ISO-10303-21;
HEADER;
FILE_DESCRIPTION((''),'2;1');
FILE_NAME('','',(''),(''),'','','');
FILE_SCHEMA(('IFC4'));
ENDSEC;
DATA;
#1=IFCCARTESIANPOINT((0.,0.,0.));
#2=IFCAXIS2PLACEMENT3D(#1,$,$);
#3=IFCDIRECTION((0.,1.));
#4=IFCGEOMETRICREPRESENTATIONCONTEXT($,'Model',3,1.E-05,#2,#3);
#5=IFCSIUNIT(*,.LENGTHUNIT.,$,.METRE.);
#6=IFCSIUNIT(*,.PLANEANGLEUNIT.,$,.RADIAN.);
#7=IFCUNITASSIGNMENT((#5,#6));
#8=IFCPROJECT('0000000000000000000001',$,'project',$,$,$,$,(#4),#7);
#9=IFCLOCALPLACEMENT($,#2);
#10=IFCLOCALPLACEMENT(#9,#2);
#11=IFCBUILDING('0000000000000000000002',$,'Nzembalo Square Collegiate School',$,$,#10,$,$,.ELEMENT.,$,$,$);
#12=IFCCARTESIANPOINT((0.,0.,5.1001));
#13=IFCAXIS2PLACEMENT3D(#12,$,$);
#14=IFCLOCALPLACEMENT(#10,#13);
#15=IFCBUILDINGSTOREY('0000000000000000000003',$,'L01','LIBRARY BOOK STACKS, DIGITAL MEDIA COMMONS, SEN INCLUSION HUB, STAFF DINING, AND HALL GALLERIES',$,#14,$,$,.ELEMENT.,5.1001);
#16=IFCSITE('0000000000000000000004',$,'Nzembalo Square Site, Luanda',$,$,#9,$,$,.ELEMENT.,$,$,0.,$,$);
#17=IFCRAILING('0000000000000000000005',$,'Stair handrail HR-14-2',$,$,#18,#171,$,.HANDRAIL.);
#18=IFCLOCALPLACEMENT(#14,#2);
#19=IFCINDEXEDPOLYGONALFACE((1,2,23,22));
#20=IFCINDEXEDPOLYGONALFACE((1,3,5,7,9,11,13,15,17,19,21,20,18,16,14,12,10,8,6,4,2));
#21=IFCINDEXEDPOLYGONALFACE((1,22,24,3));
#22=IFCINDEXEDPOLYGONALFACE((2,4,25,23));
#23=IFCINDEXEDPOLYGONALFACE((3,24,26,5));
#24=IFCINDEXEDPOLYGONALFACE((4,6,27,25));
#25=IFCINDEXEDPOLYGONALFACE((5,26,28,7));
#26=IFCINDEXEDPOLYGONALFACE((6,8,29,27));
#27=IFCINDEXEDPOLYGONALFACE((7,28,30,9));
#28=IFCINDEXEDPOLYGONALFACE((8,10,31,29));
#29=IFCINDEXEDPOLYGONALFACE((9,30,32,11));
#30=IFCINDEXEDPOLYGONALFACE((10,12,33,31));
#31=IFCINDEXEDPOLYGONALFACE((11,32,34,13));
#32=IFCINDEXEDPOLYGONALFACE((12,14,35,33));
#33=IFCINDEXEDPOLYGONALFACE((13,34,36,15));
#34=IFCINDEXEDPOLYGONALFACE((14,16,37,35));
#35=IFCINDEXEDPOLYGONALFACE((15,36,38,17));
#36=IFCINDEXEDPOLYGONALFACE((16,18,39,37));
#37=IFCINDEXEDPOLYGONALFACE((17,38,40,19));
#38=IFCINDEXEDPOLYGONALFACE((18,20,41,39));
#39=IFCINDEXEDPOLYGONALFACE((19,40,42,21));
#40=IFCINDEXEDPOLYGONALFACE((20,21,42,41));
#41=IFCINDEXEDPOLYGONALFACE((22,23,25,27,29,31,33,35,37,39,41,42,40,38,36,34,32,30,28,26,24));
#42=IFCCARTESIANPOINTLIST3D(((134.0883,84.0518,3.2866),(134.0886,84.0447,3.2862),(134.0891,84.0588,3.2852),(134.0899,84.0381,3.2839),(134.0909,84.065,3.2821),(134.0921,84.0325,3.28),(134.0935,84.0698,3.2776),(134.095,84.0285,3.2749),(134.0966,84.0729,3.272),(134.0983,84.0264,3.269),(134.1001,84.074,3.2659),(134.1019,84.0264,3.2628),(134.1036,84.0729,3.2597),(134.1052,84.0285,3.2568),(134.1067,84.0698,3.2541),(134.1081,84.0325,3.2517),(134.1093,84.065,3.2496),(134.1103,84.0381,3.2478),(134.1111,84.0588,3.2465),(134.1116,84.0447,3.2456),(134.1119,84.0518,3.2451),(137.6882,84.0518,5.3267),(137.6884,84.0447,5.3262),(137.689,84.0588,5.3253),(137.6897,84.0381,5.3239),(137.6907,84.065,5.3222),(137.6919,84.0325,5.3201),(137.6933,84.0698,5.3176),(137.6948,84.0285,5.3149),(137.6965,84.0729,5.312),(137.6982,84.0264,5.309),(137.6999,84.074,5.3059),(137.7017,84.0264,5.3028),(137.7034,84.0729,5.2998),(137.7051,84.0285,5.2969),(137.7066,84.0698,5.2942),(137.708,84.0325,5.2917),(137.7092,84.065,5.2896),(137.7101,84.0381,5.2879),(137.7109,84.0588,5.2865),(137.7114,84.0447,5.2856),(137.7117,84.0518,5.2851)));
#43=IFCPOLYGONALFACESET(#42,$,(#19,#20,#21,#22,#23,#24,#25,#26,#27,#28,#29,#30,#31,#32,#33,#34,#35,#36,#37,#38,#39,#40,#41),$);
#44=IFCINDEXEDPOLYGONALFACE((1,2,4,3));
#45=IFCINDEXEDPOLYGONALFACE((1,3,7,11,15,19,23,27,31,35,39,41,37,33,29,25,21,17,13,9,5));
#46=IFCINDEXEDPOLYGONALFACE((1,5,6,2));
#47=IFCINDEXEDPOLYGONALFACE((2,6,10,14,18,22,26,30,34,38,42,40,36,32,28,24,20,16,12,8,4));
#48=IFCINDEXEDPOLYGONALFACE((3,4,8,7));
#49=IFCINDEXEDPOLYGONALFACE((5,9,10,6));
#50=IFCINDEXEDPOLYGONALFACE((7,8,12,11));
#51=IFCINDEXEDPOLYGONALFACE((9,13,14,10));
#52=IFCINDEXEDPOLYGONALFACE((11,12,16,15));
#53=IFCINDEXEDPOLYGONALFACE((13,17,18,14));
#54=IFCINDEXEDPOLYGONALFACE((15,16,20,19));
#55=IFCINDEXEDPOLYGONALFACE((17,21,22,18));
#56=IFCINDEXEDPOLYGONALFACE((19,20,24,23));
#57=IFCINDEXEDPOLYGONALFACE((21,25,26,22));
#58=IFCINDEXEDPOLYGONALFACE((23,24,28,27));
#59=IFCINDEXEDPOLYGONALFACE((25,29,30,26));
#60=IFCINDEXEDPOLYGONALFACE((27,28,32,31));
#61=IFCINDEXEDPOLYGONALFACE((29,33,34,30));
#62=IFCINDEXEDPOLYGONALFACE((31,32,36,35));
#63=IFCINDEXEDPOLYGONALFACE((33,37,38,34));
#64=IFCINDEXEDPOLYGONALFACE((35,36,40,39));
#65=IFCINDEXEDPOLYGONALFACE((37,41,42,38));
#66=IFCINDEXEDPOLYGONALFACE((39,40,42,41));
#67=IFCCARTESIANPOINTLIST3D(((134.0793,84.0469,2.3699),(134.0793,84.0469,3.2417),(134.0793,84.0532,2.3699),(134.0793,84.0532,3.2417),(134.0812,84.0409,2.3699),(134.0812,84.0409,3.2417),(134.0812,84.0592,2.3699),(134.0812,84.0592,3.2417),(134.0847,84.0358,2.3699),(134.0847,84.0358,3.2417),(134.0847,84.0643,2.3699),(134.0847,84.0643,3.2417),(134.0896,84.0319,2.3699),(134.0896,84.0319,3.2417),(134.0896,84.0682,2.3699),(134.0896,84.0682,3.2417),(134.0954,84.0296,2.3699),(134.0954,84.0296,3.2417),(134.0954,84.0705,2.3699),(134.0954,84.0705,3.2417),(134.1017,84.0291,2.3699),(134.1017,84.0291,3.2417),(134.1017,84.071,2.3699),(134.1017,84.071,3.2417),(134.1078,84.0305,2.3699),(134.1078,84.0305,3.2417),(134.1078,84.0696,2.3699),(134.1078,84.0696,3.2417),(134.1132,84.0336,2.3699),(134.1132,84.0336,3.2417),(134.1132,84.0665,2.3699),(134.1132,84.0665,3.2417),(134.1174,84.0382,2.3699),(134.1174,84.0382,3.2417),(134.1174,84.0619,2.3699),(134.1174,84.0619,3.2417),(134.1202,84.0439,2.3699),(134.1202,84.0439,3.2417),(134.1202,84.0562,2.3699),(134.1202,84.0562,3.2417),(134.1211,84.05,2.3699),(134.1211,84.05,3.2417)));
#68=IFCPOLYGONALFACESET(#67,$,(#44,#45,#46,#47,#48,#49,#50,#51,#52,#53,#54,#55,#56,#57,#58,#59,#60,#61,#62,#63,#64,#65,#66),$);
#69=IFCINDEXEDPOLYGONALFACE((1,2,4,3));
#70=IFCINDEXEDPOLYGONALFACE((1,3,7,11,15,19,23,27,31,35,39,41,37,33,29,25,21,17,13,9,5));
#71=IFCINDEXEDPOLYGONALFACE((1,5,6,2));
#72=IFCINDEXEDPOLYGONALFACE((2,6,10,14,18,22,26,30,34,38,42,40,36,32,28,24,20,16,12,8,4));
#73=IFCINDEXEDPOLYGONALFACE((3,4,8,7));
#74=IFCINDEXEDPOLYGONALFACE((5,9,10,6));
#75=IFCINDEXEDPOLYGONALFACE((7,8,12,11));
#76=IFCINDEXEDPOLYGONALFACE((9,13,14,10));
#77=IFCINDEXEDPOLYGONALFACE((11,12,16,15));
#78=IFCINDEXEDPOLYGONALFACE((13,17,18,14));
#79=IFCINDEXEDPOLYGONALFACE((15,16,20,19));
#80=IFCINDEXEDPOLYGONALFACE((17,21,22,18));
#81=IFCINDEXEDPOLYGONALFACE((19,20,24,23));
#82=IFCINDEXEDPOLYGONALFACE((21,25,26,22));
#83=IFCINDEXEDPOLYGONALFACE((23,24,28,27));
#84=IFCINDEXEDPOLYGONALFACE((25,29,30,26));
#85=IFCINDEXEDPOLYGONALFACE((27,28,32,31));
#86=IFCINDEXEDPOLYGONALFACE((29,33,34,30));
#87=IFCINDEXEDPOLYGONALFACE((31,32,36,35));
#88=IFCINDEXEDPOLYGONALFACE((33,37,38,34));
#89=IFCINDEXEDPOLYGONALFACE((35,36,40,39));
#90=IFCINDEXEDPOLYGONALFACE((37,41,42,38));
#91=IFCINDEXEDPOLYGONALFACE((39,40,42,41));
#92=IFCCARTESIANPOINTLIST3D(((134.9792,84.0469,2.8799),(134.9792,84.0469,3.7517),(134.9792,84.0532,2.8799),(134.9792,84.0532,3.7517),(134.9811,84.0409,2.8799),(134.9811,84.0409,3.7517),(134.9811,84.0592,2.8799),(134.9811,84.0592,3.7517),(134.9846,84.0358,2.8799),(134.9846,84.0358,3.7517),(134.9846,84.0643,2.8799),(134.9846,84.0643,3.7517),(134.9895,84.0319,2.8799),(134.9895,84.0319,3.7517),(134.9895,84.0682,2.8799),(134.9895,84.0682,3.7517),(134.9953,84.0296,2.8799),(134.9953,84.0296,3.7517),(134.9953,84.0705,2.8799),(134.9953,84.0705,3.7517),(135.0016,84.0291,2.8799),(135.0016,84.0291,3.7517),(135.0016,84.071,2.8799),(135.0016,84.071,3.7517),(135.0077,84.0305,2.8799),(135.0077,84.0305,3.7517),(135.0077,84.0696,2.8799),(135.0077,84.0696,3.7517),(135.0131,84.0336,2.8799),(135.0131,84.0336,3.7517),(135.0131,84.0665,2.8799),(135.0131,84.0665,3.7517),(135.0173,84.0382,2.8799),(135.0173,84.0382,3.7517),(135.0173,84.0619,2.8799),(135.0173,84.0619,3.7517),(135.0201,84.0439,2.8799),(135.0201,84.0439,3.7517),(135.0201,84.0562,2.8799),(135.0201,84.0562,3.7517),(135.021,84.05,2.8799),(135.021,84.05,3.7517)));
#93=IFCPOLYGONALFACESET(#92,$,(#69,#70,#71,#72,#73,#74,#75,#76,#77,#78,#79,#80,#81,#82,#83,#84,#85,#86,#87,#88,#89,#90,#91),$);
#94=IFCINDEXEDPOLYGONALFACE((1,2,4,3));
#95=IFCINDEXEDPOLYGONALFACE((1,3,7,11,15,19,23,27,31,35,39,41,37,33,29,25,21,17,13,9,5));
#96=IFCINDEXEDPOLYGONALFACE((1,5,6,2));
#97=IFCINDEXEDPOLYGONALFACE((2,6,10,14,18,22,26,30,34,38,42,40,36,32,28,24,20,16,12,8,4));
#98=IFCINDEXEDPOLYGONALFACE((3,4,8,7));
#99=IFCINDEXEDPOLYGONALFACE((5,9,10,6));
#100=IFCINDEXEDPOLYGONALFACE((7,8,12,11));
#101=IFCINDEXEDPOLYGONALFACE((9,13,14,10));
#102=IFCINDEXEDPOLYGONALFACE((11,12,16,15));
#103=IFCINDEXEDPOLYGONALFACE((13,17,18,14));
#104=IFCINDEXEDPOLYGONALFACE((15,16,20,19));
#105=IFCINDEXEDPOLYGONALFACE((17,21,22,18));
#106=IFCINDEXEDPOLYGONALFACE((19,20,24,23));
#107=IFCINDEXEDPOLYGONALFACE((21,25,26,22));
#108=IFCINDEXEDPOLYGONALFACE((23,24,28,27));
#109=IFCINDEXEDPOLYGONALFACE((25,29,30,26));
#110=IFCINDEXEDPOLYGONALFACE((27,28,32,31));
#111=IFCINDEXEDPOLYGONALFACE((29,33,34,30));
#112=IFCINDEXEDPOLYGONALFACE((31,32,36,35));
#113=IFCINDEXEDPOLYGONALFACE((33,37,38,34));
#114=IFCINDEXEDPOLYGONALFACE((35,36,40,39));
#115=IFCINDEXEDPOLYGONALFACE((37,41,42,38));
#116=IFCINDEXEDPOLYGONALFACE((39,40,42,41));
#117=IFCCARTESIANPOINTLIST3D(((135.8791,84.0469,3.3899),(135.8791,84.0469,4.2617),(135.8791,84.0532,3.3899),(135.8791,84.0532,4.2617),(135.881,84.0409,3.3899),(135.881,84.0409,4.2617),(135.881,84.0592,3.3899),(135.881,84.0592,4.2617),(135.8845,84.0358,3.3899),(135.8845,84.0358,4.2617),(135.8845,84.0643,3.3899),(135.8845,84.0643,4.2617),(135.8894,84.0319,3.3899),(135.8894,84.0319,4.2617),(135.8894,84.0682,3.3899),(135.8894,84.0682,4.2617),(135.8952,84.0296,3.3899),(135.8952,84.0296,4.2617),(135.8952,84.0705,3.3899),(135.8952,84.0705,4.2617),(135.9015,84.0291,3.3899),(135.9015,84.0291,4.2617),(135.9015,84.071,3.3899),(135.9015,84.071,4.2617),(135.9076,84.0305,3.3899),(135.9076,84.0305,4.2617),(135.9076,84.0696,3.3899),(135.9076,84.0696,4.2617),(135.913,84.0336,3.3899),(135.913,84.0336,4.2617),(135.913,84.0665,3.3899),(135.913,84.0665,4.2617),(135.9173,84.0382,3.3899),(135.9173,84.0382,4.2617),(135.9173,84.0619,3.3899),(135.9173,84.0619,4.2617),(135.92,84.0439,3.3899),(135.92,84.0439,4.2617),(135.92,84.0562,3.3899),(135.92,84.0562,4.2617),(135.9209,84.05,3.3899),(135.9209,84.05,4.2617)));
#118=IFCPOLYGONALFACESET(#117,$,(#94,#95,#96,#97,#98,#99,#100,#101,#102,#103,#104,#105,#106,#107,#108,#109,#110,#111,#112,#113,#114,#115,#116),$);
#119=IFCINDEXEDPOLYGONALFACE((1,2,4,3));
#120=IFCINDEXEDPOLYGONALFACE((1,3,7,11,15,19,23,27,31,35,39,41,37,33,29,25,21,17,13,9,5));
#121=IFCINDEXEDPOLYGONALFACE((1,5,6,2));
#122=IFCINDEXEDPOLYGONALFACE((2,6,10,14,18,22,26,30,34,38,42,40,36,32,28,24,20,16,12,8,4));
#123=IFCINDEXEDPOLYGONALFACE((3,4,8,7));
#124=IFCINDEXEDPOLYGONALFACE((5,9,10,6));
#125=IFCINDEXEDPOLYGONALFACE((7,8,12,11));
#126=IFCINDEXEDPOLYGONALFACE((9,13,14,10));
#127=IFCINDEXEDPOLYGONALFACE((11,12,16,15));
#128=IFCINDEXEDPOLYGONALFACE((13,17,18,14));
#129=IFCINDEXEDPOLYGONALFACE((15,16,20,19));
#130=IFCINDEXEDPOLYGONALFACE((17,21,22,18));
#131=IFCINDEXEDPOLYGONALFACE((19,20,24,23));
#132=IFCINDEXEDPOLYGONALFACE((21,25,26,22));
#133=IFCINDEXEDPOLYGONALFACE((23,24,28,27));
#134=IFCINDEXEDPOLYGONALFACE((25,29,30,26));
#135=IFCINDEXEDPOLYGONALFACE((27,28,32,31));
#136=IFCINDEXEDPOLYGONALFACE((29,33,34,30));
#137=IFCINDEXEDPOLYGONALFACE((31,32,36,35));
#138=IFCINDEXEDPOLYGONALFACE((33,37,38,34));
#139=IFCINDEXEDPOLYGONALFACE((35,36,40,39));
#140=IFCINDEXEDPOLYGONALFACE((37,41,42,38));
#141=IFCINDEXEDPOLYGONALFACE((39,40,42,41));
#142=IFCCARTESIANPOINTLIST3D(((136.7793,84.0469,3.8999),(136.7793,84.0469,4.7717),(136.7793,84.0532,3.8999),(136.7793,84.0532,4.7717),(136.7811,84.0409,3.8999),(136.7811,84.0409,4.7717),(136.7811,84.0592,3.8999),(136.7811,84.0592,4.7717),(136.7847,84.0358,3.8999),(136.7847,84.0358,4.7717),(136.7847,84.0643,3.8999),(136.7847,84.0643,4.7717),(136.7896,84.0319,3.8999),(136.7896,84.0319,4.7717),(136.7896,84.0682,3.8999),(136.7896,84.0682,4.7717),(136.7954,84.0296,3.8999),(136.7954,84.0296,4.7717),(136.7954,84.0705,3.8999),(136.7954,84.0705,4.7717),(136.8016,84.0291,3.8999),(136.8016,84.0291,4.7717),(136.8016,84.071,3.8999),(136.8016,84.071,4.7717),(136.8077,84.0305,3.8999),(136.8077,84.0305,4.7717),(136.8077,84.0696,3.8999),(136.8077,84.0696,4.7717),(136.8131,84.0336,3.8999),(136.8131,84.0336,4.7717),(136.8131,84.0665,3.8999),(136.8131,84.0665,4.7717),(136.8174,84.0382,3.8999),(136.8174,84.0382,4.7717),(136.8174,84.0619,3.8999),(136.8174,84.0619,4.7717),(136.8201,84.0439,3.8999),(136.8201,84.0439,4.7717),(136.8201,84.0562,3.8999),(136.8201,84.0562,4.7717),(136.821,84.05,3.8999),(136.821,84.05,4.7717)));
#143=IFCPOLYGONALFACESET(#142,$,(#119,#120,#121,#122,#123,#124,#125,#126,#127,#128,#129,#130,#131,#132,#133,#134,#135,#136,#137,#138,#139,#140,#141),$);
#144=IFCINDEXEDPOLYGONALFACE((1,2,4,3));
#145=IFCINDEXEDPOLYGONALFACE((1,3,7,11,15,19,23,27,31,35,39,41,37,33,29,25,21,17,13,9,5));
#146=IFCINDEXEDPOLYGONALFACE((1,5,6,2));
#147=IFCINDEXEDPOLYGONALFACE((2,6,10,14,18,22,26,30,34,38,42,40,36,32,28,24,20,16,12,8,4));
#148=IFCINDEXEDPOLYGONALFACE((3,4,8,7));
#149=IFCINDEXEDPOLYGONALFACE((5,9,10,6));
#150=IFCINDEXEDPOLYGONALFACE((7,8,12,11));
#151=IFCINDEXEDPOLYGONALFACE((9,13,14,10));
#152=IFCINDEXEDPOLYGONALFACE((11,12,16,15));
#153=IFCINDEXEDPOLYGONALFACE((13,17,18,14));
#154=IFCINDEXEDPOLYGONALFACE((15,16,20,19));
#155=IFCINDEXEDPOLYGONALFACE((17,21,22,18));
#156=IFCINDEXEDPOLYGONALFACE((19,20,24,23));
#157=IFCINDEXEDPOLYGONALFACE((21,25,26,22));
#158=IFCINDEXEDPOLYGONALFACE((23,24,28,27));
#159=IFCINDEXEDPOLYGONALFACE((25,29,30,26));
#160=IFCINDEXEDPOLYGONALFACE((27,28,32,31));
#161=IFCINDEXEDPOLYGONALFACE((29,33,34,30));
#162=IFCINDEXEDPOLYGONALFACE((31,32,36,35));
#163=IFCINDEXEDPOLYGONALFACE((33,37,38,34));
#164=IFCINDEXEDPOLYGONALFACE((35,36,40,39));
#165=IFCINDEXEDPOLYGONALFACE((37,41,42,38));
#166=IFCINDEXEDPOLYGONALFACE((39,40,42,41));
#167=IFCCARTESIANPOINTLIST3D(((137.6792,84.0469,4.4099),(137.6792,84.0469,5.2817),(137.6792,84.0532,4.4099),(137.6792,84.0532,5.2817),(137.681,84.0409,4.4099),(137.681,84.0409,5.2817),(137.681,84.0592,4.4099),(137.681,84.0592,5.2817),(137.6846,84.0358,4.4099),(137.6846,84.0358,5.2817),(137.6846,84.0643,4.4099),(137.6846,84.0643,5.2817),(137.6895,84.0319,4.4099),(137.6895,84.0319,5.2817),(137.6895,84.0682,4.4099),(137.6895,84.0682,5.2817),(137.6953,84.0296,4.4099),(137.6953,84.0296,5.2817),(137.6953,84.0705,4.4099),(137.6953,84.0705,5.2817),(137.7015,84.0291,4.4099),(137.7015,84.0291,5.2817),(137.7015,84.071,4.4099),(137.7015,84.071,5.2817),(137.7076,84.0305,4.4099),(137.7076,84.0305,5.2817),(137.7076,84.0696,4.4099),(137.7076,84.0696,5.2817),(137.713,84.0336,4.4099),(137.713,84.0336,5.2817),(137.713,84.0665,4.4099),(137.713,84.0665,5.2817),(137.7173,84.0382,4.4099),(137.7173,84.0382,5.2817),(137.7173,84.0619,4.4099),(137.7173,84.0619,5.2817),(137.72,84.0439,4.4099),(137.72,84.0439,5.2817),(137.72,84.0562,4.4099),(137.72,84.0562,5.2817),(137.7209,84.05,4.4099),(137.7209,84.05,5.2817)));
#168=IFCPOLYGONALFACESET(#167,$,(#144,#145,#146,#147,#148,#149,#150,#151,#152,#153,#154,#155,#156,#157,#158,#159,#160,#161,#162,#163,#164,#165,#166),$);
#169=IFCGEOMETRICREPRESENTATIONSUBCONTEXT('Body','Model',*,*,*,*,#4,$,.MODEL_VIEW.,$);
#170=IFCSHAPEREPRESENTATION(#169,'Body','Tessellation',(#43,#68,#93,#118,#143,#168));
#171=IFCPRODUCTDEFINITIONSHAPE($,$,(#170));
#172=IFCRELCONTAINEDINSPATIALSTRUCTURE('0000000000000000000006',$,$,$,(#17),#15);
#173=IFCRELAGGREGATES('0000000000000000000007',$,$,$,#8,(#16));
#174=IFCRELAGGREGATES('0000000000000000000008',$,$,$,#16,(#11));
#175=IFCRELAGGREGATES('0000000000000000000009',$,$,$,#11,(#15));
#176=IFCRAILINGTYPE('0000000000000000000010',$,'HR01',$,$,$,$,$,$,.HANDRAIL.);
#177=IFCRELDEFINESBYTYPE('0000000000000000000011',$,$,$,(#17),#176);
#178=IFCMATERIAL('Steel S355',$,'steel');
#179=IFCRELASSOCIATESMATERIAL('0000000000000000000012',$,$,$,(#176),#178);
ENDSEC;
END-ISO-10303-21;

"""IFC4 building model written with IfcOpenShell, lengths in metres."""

from ifc_helpers import new_model, si_unit, direction, frame, origin, origin_2d, place, context, subcontext, project, spatial, circle, extrude, material, type_object, element, save


model = new_model("IFC4")

# Units and contexts
model_context = context("Model", 3, precision=1e-05, world=origin(), true_north=direction((0.0, 1.0)))
body_context = subcontext(model_context, "Body", "Model", "MODEL_VIEW")
ifc_project = project(units=[si_unit("LENGTHUNIT", "METRE"), si_unit("PLANEANGLEUNIT", "RADIAN")], contexts=[model_context])

# Site, building, storey
site_placement = place(None, origin())
site = spatial("IfcSite", under=ifc_project, at=site_placement, Name="Nzembalo Square Site, Luanda", CompositionType="ELEMENT", RefElevation=0.0)
building_placement = place(site_placement, origin())
building = spatial("IfcBuilding", under=site, at=building_placement, Name="Nzembalo Square Collegiate School", CompositionType="ELEMENT")
storey_placement = place(building_placement, frame((0.0, 0.0, 5.1001)))
storey = spatial("IfcBuildingStorey", under=building, at=storey_placement, Name="L01", Description="LIBRARY BOOK STACKS, DIGITAL MEDIA COMMONS, SEN INCLUSION HUB, STAFF DINING, AND HALL GALLERIES", CompositionType="ELEMENT", Elevation=5.1001)

# Railing
ifc_material_1 = material(Name="Steel S355", Category="steel")
railing_type_1 = type_object("IfcRailingType", Name="HR01", PredefinedType="HANDRAIL", material=ifc_material_1)
railing_1_placement = place(storey_placement, frame((134.1001, 84.05, 2.3699)))
element("IfcRailing", 1, at=railing_1_placement, inside=storey, type_object=railing_type_1, Name="Stair handrail HR-14-2", PredefinedType="HANDRAIL", context=body_context, shape_type="SweptSolid", body=[
    extrude(circle(Radius=0.0239, at=origin_2d()), frame((0.0, 0.0, 0.896), z_axis=(0.87001, 0.0, 0.493035), x_axis=(0.0, 1.0, 0.0)), (0.0, 0.0, 1.0), 4.1377),
    extrude(circle(Radius=0.021, at=origin_2d()), origin(), (0.0, 0.0, 1.0), 0.8718),
    extrude(circle(Radius=0.021, at=origin_2d()), frame((0.8999, 0.0, 0.51)), (0.0, 0.0, 1.0), 0.8718),
    extrude(circle(Radius=0.021, at=origin_2d()), frame((1.7998, 0.0, 1.02)), (0.0, 0.0, 1.0), 0.8718),
    extrude(circle(Radius=0.021, at=origin_2d()), frame((2.7, 0.0, 1.53)), (0.0, 0.0, 1.0), 0.8718),
    extrude(circle(Radius=0.021, at=origin_2d()), frame((3.5999, 0.0, 2.04)), (0.0, 0.0, 1.0), 0.8718),
])

save(model, "model.ifc")
